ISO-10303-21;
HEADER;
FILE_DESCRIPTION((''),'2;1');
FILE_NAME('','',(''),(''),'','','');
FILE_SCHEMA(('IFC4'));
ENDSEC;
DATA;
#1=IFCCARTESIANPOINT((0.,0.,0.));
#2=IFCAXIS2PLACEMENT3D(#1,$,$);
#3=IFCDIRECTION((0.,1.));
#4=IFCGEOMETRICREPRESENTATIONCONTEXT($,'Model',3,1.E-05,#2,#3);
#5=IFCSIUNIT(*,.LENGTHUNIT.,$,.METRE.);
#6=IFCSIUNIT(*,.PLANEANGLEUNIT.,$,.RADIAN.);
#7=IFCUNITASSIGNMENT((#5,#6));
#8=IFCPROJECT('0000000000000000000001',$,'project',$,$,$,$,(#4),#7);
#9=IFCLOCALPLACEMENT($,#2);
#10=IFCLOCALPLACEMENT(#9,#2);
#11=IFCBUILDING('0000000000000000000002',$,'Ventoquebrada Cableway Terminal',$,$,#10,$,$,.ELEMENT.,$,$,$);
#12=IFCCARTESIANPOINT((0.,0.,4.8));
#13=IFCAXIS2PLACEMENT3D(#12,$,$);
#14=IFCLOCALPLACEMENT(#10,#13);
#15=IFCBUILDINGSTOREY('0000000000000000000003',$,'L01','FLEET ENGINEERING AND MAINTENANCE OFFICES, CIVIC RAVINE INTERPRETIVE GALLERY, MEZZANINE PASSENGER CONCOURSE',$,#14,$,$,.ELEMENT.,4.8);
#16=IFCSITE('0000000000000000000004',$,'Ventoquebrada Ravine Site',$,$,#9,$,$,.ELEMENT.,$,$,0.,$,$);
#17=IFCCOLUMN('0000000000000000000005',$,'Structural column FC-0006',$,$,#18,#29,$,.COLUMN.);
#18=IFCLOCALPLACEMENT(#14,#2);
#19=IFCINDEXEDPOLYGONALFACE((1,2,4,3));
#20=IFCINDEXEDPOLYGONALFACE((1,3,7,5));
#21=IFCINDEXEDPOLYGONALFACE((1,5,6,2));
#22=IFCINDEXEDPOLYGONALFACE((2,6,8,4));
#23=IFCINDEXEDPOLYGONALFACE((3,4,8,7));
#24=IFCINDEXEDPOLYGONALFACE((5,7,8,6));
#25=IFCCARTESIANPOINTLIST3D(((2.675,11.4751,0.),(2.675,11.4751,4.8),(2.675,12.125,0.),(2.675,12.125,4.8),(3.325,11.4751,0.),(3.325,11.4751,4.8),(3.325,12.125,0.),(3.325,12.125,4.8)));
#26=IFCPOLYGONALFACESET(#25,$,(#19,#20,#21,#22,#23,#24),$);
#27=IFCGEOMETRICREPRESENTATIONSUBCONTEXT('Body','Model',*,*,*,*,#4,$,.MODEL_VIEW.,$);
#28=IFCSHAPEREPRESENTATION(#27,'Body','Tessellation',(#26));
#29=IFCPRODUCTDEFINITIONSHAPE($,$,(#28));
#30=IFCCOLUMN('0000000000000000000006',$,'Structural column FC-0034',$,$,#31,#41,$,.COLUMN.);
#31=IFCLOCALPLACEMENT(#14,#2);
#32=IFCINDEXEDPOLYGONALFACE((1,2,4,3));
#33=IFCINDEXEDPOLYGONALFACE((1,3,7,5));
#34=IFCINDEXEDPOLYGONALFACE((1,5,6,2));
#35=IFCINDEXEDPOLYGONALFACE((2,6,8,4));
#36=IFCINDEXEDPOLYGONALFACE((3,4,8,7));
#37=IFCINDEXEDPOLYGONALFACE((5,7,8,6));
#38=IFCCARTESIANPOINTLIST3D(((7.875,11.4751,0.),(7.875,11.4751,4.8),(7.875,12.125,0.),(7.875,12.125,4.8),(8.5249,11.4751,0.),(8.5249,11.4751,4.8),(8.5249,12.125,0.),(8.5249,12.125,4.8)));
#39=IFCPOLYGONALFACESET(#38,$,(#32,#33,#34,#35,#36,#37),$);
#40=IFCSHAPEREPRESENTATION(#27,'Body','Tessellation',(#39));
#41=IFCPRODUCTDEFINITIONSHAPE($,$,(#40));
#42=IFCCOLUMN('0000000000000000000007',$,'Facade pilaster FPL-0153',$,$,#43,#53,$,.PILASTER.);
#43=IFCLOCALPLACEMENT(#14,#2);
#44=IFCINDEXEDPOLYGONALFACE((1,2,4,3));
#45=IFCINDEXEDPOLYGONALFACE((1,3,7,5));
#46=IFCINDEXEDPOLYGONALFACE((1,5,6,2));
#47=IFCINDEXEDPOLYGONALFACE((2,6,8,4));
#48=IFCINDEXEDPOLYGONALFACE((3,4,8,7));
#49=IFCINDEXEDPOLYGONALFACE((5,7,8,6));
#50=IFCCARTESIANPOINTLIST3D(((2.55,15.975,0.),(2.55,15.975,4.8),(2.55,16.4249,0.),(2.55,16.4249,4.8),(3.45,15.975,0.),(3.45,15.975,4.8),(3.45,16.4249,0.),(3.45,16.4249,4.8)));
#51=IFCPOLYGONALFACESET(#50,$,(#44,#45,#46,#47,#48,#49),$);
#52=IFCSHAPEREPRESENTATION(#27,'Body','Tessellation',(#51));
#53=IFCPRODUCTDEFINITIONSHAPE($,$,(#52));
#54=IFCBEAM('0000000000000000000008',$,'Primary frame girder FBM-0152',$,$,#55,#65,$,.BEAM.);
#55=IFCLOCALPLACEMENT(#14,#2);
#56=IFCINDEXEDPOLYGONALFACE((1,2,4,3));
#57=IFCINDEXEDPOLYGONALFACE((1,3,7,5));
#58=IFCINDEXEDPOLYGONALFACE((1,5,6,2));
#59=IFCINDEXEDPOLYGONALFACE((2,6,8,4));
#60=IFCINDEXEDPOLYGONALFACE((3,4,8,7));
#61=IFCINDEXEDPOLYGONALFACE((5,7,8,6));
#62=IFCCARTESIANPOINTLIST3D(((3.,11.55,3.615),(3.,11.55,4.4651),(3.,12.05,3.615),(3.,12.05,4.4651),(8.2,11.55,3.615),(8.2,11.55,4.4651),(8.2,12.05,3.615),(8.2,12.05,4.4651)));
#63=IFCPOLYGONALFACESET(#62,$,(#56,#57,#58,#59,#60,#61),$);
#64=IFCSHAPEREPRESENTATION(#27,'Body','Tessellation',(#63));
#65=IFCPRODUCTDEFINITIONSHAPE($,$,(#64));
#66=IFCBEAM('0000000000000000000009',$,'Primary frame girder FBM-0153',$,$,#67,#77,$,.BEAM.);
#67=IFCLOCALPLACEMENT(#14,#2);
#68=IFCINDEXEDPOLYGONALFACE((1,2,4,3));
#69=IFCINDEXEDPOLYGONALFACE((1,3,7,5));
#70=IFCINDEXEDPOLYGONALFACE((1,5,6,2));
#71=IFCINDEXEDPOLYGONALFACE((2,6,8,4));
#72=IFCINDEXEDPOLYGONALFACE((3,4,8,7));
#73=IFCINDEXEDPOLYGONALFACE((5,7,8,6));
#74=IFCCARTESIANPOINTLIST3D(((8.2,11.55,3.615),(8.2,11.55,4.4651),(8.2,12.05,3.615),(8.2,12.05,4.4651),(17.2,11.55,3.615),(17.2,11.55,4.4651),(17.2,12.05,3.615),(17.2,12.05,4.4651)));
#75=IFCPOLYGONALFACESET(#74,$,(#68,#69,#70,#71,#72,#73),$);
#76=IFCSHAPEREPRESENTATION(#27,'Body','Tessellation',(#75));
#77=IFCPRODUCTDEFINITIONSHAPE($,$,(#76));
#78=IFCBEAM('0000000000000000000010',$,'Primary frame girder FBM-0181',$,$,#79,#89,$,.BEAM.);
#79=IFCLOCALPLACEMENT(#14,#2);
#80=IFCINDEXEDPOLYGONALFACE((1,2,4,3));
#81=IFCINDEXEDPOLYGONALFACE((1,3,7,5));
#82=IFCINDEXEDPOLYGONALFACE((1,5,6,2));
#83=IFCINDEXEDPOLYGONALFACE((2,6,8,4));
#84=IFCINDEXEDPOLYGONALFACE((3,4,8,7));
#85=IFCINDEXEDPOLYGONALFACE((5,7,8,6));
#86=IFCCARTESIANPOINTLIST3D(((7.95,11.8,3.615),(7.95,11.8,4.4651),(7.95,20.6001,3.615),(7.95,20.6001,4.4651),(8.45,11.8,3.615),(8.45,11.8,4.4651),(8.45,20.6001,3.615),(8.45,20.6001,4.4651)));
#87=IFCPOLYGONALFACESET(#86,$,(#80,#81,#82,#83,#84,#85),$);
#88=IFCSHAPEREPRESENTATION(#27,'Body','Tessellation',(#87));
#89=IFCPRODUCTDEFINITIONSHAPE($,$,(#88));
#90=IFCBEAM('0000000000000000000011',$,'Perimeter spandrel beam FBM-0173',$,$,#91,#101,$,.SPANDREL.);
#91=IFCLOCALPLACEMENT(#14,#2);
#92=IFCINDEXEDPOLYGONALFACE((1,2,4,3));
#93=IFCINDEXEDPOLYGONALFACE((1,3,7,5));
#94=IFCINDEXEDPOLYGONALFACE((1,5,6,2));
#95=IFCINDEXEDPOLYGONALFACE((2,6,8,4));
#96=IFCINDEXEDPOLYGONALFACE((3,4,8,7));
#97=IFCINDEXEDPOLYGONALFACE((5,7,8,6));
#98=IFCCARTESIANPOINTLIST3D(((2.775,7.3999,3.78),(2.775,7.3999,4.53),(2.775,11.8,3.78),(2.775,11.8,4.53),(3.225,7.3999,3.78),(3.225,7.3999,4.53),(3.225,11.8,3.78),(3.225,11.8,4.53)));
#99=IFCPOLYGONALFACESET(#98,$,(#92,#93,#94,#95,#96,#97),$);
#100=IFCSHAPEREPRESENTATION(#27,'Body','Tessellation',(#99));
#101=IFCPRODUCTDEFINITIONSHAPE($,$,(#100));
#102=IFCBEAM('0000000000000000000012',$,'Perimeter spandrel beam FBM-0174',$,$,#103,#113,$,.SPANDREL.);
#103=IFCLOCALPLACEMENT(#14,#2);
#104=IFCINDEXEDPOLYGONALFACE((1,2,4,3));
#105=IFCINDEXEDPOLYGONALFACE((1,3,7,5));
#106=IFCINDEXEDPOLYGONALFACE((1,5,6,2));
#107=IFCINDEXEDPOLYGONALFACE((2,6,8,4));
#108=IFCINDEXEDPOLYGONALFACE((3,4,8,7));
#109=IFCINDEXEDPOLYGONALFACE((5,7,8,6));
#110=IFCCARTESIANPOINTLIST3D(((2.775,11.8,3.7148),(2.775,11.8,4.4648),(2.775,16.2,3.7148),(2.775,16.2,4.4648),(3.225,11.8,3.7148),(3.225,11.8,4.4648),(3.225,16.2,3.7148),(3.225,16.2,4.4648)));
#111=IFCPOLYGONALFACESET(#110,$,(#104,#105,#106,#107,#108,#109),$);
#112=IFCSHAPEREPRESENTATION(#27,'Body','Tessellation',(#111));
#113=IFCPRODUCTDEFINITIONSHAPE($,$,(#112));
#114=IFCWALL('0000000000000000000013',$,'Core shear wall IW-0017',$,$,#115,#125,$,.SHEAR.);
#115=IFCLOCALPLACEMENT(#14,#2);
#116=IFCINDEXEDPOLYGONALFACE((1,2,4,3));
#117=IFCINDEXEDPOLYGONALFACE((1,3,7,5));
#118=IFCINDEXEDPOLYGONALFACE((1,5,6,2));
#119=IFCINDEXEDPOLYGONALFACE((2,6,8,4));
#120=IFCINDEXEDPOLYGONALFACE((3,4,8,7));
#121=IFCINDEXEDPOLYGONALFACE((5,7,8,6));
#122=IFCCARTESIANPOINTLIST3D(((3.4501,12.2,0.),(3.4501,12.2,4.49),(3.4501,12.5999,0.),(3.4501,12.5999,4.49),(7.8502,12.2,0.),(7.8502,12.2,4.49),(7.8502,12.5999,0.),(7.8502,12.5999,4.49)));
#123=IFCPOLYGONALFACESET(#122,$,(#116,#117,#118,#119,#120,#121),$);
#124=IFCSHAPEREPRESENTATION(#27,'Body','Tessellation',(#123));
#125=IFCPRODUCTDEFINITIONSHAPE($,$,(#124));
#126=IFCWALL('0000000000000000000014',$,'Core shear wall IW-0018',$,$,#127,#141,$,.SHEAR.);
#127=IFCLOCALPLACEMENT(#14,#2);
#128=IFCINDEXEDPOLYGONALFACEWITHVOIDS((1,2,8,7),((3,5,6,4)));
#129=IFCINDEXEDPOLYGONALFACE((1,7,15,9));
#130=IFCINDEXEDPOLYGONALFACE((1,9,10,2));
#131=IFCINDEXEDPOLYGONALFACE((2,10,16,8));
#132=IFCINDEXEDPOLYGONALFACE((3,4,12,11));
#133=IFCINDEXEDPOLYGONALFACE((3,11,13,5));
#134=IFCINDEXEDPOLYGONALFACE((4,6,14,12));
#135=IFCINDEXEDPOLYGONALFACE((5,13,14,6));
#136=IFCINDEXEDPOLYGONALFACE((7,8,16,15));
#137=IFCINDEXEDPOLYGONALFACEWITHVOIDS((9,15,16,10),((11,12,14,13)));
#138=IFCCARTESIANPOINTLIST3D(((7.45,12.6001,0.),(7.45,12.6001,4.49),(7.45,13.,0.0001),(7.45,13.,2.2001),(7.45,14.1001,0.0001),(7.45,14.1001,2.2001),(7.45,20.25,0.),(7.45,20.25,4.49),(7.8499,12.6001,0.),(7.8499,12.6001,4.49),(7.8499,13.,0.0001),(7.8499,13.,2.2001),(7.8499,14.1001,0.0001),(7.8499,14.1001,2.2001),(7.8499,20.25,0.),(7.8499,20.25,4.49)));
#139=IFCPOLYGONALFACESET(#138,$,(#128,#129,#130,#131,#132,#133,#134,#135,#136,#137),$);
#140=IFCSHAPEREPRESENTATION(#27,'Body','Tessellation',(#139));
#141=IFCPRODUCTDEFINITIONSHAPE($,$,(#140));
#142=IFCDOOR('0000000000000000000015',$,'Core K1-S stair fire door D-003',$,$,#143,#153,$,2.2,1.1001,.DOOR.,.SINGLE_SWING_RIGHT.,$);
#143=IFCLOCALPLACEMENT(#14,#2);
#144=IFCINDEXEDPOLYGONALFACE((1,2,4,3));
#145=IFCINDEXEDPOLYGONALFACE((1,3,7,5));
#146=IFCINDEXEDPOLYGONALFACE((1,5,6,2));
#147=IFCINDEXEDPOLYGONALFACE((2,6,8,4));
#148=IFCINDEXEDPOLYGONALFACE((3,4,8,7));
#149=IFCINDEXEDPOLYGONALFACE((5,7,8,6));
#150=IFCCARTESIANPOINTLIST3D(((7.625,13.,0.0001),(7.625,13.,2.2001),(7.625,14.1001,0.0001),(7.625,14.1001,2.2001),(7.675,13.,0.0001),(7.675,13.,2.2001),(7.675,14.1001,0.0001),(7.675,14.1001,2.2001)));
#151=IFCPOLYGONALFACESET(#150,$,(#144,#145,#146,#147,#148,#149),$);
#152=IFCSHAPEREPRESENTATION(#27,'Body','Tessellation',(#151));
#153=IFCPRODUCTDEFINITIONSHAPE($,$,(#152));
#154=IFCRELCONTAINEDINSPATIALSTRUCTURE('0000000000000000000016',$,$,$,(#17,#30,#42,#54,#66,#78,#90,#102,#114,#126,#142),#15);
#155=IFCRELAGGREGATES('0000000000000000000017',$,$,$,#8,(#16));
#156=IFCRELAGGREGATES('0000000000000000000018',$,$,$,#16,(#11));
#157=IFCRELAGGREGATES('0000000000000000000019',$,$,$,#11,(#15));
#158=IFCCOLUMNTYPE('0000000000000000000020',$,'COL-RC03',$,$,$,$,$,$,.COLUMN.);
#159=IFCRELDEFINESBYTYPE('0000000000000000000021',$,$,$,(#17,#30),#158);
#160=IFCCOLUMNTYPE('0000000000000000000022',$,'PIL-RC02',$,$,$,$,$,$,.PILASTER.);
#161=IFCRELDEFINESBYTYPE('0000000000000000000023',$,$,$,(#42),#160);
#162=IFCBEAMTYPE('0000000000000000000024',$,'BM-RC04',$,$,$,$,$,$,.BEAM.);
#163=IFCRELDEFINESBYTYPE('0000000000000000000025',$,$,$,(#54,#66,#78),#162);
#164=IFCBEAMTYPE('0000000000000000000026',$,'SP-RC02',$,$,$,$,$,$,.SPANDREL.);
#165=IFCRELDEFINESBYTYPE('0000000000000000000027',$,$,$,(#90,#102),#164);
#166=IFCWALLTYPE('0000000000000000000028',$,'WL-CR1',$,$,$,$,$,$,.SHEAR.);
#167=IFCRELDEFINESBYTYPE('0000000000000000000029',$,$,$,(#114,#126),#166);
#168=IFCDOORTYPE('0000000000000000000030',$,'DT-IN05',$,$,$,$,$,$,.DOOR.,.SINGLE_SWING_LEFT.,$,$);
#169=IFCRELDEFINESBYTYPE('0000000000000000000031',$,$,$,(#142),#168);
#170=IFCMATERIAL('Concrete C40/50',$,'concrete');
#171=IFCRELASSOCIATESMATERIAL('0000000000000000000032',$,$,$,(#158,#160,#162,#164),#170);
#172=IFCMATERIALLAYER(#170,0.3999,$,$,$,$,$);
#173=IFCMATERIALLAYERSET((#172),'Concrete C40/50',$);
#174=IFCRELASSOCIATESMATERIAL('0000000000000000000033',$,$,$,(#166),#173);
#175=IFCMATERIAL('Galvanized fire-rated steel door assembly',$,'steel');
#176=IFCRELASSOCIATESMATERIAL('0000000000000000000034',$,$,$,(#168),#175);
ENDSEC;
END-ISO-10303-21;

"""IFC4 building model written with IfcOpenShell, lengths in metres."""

from ifc_helpers import new_model, si_unit, direction, frame, frame_2d, origin, origin_2d, place, context, subcontext, project, spatial, rectangle, extrude, material, layer, layer_set, material_profile, profile_set, type_object, element, fill, save


model = new_model("IFC4")

# Units and contexts
model_context = context("Model", 3, precision=1e-05, world=origin(), true_north=direction((0.0, 1.0)))
body_context = subcontext(model_context, "Body", "Model", "MODEL_VIEW")
ifc_project = project(units=[si_unit("LENGTHUNIT", "METRE"), si_unit("PLANEANGLEUNIT", "RADIAN")], contexts=[model_context])

# Site, building, storey
site_placement = place(None, origin())
site = spatial("IfcSite", under=ifc_project, at=site_placement, Name="Ventoquebrada Ravine Site", CompositionType="ELEMENT", RefElevation=0.0)
building_placement = place(site_placement, origin())
building = spatial("IfcBuilding", under=site, at=building_placement, Name="Ventoquebrada Cableway Terminal", CompositionType="ELEMENT")
storey_placement = place(building_placement, frame((0.0, 0.0, 4.8)))
storey = spatial("IfcBuildingStorey", under=building, at=storey_placement, Name="L01", Description="FLEET ENGINEERING AND MAINTENANCE OFFICES, CIVIC RAVINE INTERPRETIVE GALLERY, MEZZANINE PASSENGER CONCOURSE", CompositionType="ELEMENT", Elevation=4.8)

# Columns
ifc_material_1 = material(Name="Concrete C40/50", Category="concrete")
ifc_material_profile_1 = material_profile(ifc_material_1, rectangle(XDim=0.6499, YDim=0.6499, at=origin_2d()), Name="RC-COL-650X650")
ifc_profile_set_1 = profile_set([ifc_material_profile_1], Name="Concrete C40/50")
column_type_1 = type_object("IfcColumnType", Name="COL-RC03", PredefinedType="COLUMN", material=ifc_profile_set_1)
for number, where, z_axis, x_axis, name in (
    (1, (3.0, 11.8, 0.0), (0.0, 0.0, 1.0), (1.0, 0.0, 0.0), "Structural column FC-0006"),
    (2, (8.2, 11.8, 0.0), (0.0, 0.0, 1.0), (1.0, 0.0, 0.0), "Structural column FC-0034"),
):
    element("IfcColumn", number, at=place(storey_placement, frame(where, z_axis=z_axis, x_axis=x_axis)), inside=storey, type_object=column_type_1, Name=name, PredefinedType="COLUMN", context=body_context, shape_type="SweptSolid", body=[
        extrude(rectangle(XDim=0.6499, YDim=0.6499, at=origin_2d()), origin(), (0.0, 0.0, 1.0), 4.8),
    ])
ifc_material_profile_2 = material_profile(ifc_material_1, rectangle(XDim=0.45, YDim=0.8999, at=origin_2d()), Name="RC-PIL-450X900")
ifc_profile_set_2 = profile_set([ifc_material_profile_2], Name="Concrete C40/50")
column_type_2 = type_object("IfcColumnType", Name="PIL-RC02", PredefinedType="PILASTER", material=ifc_profile_set_2)
column_placement = place(storey_placement, frame((3.0, 16.2, 0.0), z_axis=(0.0, 0.0, 1.0), x_axis=(0.0, 1.0, 0.0)))
element("IfcColumn", 3, at=column_placement, inside=storey, type_object=column_type_2, Name="Facade pilaster FPL-0153", PredefinedType="PILASTER", context=body_context, shape_type="SweptSolid", body=[
    extrude(rectangle(XDim=0.45, YDim=0.8999, at=origin_2d()), origin(), (0.0, 0.0, 1.0), 4.8),
])

# Beams
ifc_material_profile_3 = material_profile(ifc_material_1, rectangle(XDim=0.5, YDim=0.8501, at=origin_2d()), Name="RC-BM-500X850")
ifc_profile_set_3 = profile_set([ifc_material_profile_3], Name="Concrete C40/50")
beam_type_1 = type_object("IfcBeamType", Name="BM-RC04", PredefinedType="BEAM", material=ifc_profile_set_3)
beam_1_placement = place(storey_placement, frame((3.0, 11.8, 4.04), z_axis=(1.0, 0.0, 0.0), x_axis=(0.0, 1.0, 0.0)))
element("IfcBeam", 4, at=beam_1_placement, inside=storey, type_object=beam_type_1, Name="Primary frame girder FBM-0152", PredefinedType="BEAM", context=body_context, shape_type="SweptSolid", body=[
    extrude(rectangle(XDim=0.5, YDim=0.8501, at=origin_2d()), origin(), (0.0, 0.0, 1.0), 5.2),
])
beam_2_placement = place(storey_placement, frame((8.2, 11.8, 4.04), z_axis=(1.0, 0.0, 0.0), x_axis=(0.0, 1.0, 0.0)))
element("IfcBeam", 5, at=beam_2_placement, inside=storey, type_object=beam_type_1, Name="Primary frame girder FBM-0153", PredefinedType="BEAM", context=body_context, shape_type="SweptSolid", body=[
    extrude(rectangle(XDim=0.5, YDim=0.8501, at=origin_2d()), origin(), (0.0, 0.0, 1.0), 9.0),
])
beam_3_placement = place(storey_placement, frame((8.2, 11.8, 4.04), z_axis=(0.0, 1.0, 0.0), x_axis=(-1.0, 0.0, 0.0)))
element("IfcBeam", 6, at=beam_3_placement, inside=storey, type_object=beam_type_1, Name="Primary frame girder FBM-0181", PredefinedType="BEAM", context=body_context, shape_type="SweptSolid", body=[
    extrude(rectangle(XDim=0.5, YDim=0.8501, at=origin_2d()), origin(), (0.0, 0.0, 1.0), 8.8),
])
ifc_material_profile_4 = material_profile(ifc_material_1, rectangle(XDim=0.45, YDim=0.75, at=origin_2d()), Name="RC-BM-450X750")
ifc_profile_set_4 = profile_set([ifc_material_profile_4], Name="Concrete C40/50")
beam_type_2 = type_object("IfcBeamType", Name="SP-RC02", PredefinedType="SPANDREL", material=ifc_profile_set_4)
beam_4_placement = place(storey_placement, frame((3.0, 7.3999, 4.155), z_axis=(0.0, 1.0, 0.0), x_axis=(-1.0, 0.0, 0.0)))
element("IfcBeam", 7, at=beam_4_placement, inside=storey, type_object=beam_type_2, Name="Perimeter spandrel beam FBM-0173", PredefinedType="SPANDREL", context=body_context, shape_type="SweptSolid", body=[
    extrude(rectangle(XDim=0.45, YDim=0.75, at=origin_2d()), origin(), (0.0, 0.0, 1.0), 4.4001),
])
beam_5_placement = place(storey_placement, frame((3.0, 11.8, 4.0898), z_axis=(0.0, 1.0, 0.0), x_axis=(-1.0, 0.0, 0.0)))
element("IfcBeam", 8, at=beam_5_placement, inside=storey, type_object=beam_type_2, Name="Perimeter spandrel beam FBM-0174", PredefinedType="SPANDREL", context=body_context, shape_type="SweptSolid", body=[
    extrude(rectangle(XDim=0.45, YDim=0.75, at=origin_2d()), origin(), (0.0, 0.0, 1.0), 4.3999),
])

# Wall
ifc_layer_1 = layer(ifc_material_1, 0.3999)
ifc_layer_set_1 = layer_set([ifc_layer_1], Name="Concrete C40/50")
wall_type_1 = type_object("IfcWallType", Name="WL-CR1", PredefinedType="SHEAR", material=ifc_layer_set_1)
wall_1_placement = place(storey_placement, frame((3.45, 12.3999, 0.0), z_axis=(0.0, 0.0, 1.0), x_axis=(1.0, 0.0, 0.0)))
element("IfcWall", 9, at=wall_1_placement, inside=storey, type_object=wall_type_1, Name="Core shear wall IW-0017", PredefinedType="SHEAR", context=body_context, shape_type="SweptSolid", body=[
    extrude(rectangle(XDim=4.4001, YDim=0.3999, at=frame_2d((2.2002, 0.0))), origin(), (0.0, 0.0, 1.0), 4.49),
])

# Wall, opening, door
wall_2_placement = place(storey_placement, frame((7.6499, 12.6001, 0.0), z_axis=(0.0, 0.0, 1.0), x_axis=(0.0, 1.0, 0.0)))
wall_2 = element("IfcWall", 10, at=wall_2_placement, inside=storey, type_object=wall_type_1, Name="Core shear wall IW-0018", PredefinedType="SHEAR", context=body_context, shape_type="SweptSolid", body=[
    extrude(rectangle(XDim=7.6499, YDim=0.3999, at=frame_2d((3.825, 0.0))), origin(), (0.0, 0.0, 1.0), 4.49),
])
opening_1_placement = place(wall_2_placement, frame((0.3999, 0.0, 0.0)))
opening_1 = element("IfcOpeningElement", 11, at=opening_1_placement, cuts=wall_2, PredefinedType="OPENING", context=body_context, shape_type="SweptSolid", body=[
    extrude(rectangle(XDim=1.1001, YDim=2.2, at=frame_2d((0.55, 1.1001))), frame((0.0, 0.21, 0.0), z_axis=(0.0, -1.0, 0.0), x_axis=(1.0, 0.0, 0.0)), (0.0, 0.0, 1.0), 0.4199),
])
ifc_material_2 = material(Name="Galvanized fire-rated steel door assembly", Category="steel")
door_type_1 = type_object("IfcDoorType", Name="DT-IN05", OperationType="SINGLE_SWING_LEFT", PredefinedType="DOOR", material=ifc_material_2)
door_1_placement = place(opening_1_placement, origin())
door_1 = element("IfcDoor", 12, at=door_1_placement, inside=storey, type_object=door_type_1, Name="Core K1-S stair fire door D-003", OperationType="SINGLE_SWING_RIGHT", OverallHeight=2.2, OverallWidth=1.1001, PredefinedType="DOOR", context=body_context, shape_type="SweptSolid", body=[
    extrude(rectangle(XDim=1.1001, YDim=2.2, at=frame_2d((0.55, 1.1001))), frame((0.0, 0.0249, 0.0), z_axis=(0.0, -1.0, 0.0), x_axis=(1.0, 0.0, 0.0)), (0.0, 0.0, 1.0), 0.05),
])
fill(opening_1, door_1)

save(model, "model.ifc")
